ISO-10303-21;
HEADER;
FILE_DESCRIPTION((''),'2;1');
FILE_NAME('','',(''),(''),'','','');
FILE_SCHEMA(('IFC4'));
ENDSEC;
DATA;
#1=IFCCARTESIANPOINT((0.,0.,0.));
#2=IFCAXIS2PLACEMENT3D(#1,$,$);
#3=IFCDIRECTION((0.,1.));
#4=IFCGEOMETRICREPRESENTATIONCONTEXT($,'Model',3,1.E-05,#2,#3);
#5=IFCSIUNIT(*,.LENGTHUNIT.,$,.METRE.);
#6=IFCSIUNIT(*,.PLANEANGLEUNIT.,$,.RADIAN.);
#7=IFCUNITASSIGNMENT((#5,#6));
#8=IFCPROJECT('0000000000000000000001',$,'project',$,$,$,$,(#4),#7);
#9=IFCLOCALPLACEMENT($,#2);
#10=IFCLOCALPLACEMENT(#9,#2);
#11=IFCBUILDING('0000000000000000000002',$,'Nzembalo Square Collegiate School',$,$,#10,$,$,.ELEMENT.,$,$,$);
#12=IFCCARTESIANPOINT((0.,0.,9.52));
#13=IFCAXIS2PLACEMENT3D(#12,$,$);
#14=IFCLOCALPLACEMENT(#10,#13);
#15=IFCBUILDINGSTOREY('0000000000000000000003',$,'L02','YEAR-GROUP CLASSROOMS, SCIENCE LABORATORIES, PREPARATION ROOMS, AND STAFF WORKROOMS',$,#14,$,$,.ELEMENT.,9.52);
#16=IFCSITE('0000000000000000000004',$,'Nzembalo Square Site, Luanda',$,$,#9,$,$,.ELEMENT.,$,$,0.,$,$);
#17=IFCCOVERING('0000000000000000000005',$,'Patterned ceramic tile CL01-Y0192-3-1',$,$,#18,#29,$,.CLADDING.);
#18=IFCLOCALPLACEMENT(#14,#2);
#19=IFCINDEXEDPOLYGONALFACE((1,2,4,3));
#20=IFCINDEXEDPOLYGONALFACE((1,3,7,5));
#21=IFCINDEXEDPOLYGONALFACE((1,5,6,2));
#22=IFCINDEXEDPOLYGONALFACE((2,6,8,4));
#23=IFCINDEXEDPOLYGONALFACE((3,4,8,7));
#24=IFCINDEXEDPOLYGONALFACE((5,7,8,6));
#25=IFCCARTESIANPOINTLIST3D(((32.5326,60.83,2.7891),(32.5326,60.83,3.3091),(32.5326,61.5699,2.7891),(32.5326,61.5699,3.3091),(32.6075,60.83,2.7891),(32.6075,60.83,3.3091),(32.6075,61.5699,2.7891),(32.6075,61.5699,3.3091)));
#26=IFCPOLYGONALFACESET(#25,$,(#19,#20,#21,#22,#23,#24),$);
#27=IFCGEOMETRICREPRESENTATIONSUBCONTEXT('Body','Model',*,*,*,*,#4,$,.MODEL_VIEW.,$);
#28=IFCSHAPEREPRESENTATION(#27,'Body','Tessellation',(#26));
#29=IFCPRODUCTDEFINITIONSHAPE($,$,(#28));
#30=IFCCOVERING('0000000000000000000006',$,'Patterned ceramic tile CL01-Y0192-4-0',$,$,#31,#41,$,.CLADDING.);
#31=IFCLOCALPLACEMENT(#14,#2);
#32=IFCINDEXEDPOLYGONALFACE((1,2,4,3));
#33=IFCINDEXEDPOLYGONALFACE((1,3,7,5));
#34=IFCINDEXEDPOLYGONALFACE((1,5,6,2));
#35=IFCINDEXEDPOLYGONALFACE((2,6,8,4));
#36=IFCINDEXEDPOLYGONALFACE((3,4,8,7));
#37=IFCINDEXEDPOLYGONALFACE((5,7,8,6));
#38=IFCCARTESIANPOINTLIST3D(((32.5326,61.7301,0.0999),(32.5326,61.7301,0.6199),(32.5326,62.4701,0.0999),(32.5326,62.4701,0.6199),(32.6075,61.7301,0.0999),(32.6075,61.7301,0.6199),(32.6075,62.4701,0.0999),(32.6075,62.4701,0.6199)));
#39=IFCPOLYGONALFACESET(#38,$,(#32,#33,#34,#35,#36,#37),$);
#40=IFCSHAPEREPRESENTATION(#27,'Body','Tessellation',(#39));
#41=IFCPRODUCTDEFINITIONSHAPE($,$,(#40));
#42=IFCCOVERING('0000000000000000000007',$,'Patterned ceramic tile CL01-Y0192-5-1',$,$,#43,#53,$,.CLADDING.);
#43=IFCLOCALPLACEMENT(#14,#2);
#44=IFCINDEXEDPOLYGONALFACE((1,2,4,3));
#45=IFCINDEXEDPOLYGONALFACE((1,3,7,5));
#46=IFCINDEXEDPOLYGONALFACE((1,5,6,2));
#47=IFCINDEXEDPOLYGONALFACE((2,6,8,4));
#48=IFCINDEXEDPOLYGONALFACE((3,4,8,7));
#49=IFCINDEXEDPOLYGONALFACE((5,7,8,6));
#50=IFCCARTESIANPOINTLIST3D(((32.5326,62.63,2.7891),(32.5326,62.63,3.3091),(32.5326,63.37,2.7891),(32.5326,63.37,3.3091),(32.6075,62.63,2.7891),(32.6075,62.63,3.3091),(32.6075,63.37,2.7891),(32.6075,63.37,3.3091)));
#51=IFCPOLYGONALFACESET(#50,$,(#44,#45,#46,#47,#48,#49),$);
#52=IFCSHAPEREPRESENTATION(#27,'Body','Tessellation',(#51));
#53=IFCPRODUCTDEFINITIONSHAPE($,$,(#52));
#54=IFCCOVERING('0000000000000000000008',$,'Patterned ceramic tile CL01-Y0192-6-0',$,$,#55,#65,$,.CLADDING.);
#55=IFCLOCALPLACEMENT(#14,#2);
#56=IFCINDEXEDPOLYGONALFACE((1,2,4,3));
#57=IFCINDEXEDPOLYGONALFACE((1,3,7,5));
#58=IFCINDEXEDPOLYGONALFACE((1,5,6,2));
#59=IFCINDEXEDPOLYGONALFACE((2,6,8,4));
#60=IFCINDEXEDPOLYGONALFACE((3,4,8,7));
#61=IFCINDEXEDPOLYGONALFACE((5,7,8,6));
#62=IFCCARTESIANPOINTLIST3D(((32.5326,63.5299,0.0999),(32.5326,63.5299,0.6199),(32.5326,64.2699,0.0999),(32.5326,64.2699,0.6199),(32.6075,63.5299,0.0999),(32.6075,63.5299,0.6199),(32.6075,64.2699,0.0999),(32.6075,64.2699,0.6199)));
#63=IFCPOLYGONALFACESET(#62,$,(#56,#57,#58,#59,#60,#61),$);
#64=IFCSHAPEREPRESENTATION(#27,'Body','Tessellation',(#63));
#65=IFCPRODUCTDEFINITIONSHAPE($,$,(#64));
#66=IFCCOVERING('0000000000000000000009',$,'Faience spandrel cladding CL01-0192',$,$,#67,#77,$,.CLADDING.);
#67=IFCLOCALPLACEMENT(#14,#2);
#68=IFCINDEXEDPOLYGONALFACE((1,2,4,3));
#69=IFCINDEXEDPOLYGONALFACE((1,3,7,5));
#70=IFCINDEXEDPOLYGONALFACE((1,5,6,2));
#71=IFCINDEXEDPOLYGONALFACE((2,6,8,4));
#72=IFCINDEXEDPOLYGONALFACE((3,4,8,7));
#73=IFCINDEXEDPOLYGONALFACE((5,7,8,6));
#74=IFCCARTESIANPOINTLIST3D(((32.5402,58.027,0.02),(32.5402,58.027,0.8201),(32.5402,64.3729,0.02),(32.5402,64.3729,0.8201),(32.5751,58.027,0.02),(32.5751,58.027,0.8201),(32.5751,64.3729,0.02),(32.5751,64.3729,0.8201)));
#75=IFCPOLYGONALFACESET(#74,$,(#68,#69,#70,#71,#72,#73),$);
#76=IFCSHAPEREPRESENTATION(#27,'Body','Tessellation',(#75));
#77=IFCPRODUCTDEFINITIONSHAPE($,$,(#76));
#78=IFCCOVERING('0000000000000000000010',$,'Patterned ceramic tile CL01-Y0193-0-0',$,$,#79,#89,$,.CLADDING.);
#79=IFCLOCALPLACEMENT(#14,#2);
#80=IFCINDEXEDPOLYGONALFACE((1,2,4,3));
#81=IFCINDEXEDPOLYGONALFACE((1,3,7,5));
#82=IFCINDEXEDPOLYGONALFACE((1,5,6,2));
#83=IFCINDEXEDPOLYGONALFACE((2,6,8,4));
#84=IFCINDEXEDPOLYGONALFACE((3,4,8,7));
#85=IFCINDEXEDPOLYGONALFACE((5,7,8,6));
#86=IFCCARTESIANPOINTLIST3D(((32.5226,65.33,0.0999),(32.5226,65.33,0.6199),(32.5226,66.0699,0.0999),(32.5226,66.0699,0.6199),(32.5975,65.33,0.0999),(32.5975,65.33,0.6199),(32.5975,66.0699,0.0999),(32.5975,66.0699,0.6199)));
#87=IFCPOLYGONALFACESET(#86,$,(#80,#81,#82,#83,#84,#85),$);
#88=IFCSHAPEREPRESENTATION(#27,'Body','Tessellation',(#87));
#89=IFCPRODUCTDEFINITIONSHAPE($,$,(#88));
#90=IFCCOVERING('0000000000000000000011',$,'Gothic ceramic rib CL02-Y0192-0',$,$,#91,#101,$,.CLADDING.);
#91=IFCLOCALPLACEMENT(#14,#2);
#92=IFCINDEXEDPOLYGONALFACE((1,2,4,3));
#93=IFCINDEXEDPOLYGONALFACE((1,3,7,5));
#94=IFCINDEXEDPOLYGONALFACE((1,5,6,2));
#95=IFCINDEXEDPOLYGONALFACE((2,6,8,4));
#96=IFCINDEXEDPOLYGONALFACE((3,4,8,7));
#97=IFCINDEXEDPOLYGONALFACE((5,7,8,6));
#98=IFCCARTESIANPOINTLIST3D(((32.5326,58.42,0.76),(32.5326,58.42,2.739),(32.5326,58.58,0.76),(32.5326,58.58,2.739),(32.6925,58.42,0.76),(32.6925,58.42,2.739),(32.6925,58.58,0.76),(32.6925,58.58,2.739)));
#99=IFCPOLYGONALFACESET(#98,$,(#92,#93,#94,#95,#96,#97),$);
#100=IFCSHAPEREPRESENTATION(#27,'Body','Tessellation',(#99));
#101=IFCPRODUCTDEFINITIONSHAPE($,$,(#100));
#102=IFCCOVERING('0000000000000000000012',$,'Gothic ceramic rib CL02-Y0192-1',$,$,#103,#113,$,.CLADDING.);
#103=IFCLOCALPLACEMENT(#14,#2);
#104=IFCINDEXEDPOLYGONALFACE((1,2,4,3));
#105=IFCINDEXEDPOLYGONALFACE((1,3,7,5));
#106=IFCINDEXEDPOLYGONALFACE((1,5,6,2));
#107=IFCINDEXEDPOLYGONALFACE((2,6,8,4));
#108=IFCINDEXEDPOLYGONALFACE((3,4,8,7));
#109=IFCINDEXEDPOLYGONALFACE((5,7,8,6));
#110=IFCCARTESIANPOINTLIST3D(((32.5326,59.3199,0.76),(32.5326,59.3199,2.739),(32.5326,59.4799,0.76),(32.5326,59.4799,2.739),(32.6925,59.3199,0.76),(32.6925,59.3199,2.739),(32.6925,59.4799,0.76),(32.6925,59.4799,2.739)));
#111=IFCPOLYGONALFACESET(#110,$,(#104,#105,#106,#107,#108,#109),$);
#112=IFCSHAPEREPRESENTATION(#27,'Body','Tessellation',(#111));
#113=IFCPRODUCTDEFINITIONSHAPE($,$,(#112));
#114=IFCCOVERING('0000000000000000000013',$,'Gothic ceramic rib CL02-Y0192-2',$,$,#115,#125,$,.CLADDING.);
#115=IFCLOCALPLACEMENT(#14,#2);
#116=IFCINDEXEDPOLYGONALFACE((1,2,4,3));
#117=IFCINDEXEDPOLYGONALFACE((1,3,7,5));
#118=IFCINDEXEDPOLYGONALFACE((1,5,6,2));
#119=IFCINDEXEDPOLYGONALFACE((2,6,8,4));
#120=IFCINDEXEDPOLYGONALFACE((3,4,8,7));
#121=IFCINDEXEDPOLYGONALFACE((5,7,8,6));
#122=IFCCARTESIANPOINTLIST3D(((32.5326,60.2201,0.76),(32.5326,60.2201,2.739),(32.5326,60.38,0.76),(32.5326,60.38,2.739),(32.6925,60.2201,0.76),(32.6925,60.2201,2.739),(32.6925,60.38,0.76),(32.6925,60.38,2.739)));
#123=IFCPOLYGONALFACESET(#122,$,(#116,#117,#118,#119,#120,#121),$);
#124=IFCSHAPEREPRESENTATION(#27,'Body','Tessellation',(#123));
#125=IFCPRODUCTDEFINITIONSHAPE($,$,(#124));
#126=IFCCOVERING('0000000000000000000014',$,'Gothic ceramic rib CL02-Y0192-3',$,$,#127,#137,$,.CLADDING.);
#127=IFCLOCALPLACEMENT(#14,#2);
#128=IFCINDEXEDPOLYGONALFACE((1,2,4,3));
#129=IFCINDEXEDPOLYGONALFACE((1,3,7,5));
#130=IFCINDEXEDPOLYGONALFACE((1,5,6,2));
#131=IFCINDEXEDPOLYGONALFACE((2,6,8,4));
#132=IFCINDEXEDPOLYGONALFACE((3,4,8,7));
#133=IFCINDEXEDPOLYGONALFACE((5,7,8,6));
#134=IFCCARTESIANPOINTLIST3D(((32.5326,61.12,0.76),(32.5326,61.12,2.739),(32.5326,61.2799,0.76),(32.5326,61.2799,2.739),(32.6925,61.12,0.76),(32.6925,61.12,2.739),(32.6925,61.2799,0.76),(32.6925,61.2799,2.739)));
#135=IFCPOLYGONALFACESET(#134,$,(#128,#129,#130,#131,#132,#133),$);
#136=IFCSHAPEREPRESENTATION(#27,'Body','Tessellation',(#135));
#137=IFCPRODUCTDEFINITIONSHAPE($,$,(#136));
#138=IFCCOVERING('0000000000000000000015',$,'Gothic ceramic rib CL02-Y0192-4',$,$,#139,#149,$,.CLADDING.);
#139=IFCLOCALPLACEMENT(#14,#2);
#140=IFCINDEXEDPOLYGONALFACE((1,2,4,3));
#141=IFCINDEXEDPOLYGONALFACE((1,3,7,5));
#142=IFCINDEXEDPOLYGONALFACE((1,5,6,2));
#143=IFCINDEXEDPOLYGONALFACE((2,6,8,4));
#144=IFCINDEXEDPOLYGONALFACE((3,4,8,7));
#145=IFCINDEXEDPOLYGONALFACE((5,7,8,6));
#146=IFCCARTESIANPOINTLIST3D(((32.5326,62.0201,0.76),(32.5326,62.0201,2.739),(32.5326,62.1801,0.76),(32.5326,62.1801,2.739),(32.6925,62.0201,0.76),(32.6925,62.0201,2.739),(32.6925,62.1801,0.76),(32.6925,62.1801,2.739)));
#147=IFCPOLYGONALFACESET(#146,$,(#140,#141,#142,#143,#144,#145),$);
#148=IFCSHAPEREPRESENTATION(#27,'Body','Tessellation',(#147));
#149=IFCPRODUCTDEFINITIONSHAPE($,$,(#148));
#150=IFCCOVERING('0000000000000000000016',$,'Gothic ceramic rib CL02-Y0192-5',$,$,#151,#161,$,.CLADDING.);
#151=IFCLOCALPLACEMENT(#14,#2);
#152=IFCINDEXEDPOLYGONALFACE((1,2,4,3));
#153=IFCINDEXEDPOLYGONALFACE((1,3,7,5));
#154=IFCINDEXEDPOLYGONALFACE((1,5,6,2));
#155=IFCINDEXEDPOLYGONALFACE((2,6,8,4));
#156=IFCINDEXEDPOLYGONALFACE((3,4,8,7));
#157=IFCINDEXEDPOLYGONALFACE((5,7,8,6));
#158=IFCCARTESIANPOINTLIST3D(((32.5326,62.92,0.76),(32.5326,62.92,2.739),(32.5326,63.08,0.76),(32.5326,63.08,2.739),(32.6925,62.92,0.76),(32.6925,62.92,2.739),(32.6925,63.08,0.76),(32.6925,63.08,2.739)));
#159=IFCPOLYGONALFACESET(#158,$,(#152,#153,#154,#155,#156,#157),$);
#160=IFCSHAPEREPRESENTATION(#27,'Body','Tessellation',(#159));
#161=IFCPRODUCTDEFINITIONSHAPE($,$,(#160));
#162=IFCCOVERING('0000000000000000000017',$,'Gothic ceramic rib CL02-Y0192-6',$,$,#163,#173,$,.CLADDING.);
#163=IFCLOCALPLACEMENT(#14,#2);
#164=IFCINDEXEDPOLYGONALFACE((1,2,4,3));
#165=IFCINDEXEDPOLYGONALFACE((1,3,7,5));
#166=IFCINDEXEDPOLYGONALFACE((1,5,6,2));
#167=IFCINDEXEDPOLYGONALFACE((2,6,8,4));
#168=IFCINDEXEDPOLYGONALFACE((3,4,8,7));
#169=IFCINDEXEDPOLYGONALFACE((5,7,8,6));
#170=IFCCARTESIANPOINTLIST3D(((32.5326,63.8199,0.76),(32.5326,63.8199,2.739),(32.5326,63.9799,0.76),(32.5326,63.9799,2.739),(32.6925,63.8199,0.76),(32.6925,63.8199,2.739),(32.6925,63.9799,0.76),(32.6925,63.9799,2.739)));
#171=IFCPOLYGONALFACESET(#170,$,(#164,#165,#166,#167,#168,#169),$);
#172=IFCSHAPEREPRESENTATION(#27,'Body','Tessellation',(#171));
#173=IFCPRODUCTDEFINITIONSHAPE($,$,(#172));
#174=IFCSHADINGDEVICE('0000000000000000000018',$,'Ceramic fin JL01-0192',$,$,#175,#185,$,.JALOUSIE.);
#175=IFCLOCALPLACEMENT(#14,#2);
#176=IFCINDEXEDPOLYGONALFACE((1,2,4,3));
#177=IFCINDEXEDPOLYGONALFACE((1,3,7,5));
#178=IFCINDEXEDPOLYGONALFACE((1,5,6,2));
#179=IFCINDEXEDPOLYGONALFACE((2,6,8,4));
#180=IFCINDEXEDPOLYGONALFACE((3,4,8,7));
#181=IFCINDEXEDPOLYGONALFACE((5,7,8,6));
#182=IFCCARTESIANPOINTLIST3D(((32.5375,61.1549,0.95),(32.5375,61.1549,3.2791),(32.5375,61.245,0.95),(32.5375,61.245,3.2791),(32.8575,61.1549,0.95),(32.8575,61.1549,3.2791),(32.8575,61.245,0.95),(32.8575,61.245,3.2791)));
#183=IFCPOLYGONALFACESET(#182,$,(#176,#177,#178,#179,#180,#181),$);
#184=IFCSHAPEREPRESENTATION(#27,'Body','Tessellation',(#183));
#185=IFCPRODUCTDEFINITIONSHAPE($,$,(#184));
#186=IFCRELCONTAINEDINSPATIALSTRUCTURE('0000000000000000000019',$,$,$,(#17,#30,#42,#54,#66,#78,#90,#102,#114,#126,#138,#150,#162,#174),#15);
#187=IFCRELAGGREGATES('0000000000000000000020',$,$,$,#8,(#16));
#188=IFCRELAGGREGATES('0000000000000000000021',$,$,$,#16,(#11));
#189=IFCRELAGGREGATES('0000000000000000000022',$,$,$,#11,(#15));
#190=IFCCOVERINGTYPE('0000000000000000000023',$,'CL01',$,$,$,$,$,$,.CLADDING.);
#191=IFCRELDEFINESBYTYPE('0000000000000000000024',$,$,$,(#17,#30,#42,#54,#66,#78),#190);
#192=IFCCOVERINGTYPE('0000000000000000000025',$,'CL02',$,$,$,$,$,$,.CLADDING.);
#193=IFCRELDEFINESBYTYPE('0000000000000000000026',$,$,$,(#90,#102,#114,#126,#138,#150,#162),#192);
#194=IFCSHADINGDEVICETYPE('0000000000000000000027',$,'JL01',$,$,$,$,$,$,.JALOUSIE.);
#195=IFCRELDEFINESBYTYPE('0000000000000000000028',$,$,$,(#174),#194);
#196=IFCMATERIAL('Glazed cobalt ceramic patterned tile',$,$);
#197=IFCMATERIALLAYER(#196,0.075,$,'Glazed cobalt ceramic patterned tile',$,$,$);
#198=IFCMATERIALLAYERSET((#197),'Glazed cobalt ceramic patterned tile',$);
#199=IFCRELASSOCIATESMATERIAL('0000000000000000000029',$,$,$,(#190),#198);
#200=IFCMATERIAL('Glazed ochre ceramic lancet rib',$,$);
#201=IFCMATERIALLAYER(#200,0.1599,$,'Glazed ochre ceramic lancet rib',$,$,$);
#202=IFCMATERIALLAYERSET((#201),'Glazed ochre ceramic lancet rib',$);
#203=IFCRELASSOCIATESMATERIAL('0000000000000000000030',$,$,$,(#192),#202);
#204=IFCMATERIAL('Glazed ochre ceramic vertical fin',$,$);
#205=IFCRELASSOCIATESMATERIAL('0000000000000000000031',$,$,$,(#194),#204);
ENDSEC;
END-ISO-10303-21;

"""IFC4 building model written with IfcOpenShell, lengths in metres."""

from ifc_helpers import new_model, si_unit, direction, frame, origin, origin_2d, place, context, subcontext, project, spatial, rectangle, extrude, material, layer, layer_set, type_object, element, save


model = new_model("IFC4")

# Units and contexts
model_context = context("Model", 3, precision=1e-05, world=origin(), true_north=direction((0.0, 1.0)))
body_context = subcontext(model_context, "Body", "Model", "MODEL_VIEW")
ifc_project = project(units=[si_unit("LENGTHUNIT", "METRE"), si_unit("PLANEANGLEUNIT", "RADIAN")], contexts=[model_context])

# Site, building, storey
site_placement = place(None, origin())
site = spatial("IfcSite", under=ifc_project, at=site_placement, Name="Nzembalo Square Site, Luanda", CompositionType="ELEMENT", RefElevation=0.0)
building_placement = place(site_placement, origin())
building = spatial("IfcBuilding", under=site, at=building_placement, Name="Nzembalo Square Collegiate School", CompositionType="ELEMENT")
storey_placement = place(building_placement, frame((0.0, 0.0, 9.52)))
storey = spatial("IfcBuildingStorey", under=building, at=storey_placement, Name="L02", Description="YEAR-GROUP CLASSROOMS, SCIENCE LABORATORIES, PREPARATION ROOMS, AND STAFF WORKROOMS", CompositionType="ELEMENT", Elevation=9.52)

# Coverings
ifc_material_1 = material(Name="Glazed cobalt ceramic patterned tile")
ifc_layer_1 = layer(ifc_material_1, 0.075, Name="Glazed cobalt ceramic patterned tile")
ifc_layer_set_1 = layer_set([ifc_layer_1], Name="Glazed cobalt ceramic patterned tile")
covering_type_1 = type_object("IfcCoveringType", Name="CL01", PredefinedType="CLADDING", material=ifc_layer_set_1)
for number, where, z_axis, x_axis, name in (
    (1, (32.5701, 61.2, 2.7891), (0.0, 0.0, 1.0), (1.0, 0.0, 0.0), "Patterned ceramic tile CL01-Y0192-3-1"),
    (2, (32.5701, 62.1001, 0.0999), (0.0, 0.0, 1.0), (1.0, 0.0, 0.0), "Patterned ceramic tile CL01-Y0192-4-0"),
    (3, (32.5701, 63.0, 2.7891), (0.0, 0.0, 1.0), (1.0, 0.0, 0.0), "Patterned ceramic tile CL01-Y0192-5-1"),
    (4, (32.5701, 63.8999, 0.0999), (0.0, 0.0, 1.0), (1.0, 0.0, 0.0), "Patterned ceramic tile CL01-Y0192-6-0"),
):
    element("IfcCovering", number, at=place(storey_placement, frame(where, z_axis=z_axis, x_axis=x_axis)), inside=storey, type_object=covering_type_1, Name=name, PredefinedType="CLADDING", context=body_context, shape_type="SweptSolid", body=[
        extrude(rectangle(XDim=0.075, YDim=0.74, at=origin_2d()), origin(), (0.0, 0.0, 1.0), 0.52),
    ])
covering_1_placement = place(storey_placement, frame((32.5576, 61.2, 0.02), z_axis=(0.0, 0.0, 1.0), x_axis=(1.0, 0.0, 0.0)))
element("IfcCovering", 5, at=covering_1_placement, inside=storey, type_object=covering_type_1, Name="Faience spandrel cladding CL01-0192", PredefinedType="CLADDING", context=body_context, shape_type="SweptSolid", body=[
    extrude(rectangle(XDim=0.0349, YDim=6.3459, at=origin_2d()), origin(), (0.0, 0.0, 1.0), 0.8),
])
covering_2_placement = place(storey_placement, frame((32.5601, 65.7, 0.0999), z_axis=(0.0, 0.0, 1.0), x_axis=(1.0, 0.0, 0.0)))
element("IfcCovering", 6, at=covering_2_placement, inside=storey, type_object=covering_type_1, Name="Patterned ceramic tile CL01-Y0193-0-0", PredefinedType="CLADDING", context=body_context, shape_type="SweptSolid", body=[
    extrude(rectangle(XDim=0.075, YDim=0.74, at=origin_2d()), origin(), (0.0, 0.0, 1.0), 0.52),
])
ifc_material_2 = material(Name="Glazed ochre ceramic lancet rib")
ifc_layer_2 = layer(ifc_material_2, 0.1599, Name="Glazed ochre ceramic lancet rib")
ifc_layer_set_2 = layer_set([ifc_layer_2], Name="Glazed ochre ceramic lancet rib")
covering_type_2 = type_object("IfcCoveringType", Name="CL02", PredefinedType="CLADDING", material=ifc_layer_set_2)
for number, where, z_axis, x_axis, name in (
    (7, (32.6125, 58.5, 0.76), (0.0, 0.0, 1.0), (1.0, 0.0, 0.0), "Gothic ceramic rib CL02-Y0192-0"),
    (8, (32.6125, 59.3999, 0.76), (0.0, 0.0, 1.0), (1.0, 0.0, 0.0), "Gothic ceramic rib CL02-Y0192-1"),
    (9, (32.6125, 60.3, 0.76), (0.0, 0.0, 1.0), (1.0, 0.0, 0.0), "Gothic ceramic rib CL02-Y0192-2"),
    (10, (32.6125, 61.2, 0.76), (0.0, 0.0, 1.0), (1.0, 0.0, 0.0), "Gothic ceramic rib CL02-Y0192-3"),
    (11, (32.6125, 62.1001, 0.76), (0.0, 0.0, 1.0), (1.0, 0.0, 0.0), "Gothic ceramic rib CL02-Y0192-4"),
    (12, (32.6125, 63.0, 0.76), (0.0, 0.0, 1.0), (1.0, 0.0, 0.0), "Gothic ceramic rib CL02-Y0192-5"),
    (13, (32.6125, 63.8999, 0.76), (0.0, 0.0, 1.0), (1.0, 0.0, 0.0), "Gothic ceramic rib CL02-Y0192-6"),
):
    element("IfcCovering", number, at=place(storey_placement, frame(where, z_axis=z_axis, x_axis=x_axis)), inside=storey, type_object=covering_type_2, Name=name, PredefinedType="CLADDING", context=body_context, shape_type="SweptSolid", body=[
        extrude(rectangle(XDim=0.1599, YDim=0.1599, at=origin_2d()), origin(), (0.0, 0.0, 1.0), 1.979),
    ])

# Shading device
ifc_material_3 = material(Name="Glazed ochre ceramic vertical fin")
shading_device_type = type_object("IfcShadingDeviceType", Name="JL01", PredefinedType="JALOUSIE", material=ifc_material_3)
shading_device_placement = place(storey_placement, frame((32.6975, 61.2, 0.95), z_axis=(0.0, 0.0, 1.0), x_axis=(1.0, 0.0, 0.0)))
element("IfcShadingDevice", 14, at=shading_device_placement, inside=storey, type_object=shading_device_type, Name="Ceramic fin JL01-0192", PredefinedType="JALOUSIE", context=body_context, shape_type="SweptSolid", body=[
    extrude(rectangle(XDim=0.3201, YDim=0.0901, at=origin_2d()), origin(), (0.0, 0.0, 1.0), 2.3291),
])

save(model, "model.ifc")
